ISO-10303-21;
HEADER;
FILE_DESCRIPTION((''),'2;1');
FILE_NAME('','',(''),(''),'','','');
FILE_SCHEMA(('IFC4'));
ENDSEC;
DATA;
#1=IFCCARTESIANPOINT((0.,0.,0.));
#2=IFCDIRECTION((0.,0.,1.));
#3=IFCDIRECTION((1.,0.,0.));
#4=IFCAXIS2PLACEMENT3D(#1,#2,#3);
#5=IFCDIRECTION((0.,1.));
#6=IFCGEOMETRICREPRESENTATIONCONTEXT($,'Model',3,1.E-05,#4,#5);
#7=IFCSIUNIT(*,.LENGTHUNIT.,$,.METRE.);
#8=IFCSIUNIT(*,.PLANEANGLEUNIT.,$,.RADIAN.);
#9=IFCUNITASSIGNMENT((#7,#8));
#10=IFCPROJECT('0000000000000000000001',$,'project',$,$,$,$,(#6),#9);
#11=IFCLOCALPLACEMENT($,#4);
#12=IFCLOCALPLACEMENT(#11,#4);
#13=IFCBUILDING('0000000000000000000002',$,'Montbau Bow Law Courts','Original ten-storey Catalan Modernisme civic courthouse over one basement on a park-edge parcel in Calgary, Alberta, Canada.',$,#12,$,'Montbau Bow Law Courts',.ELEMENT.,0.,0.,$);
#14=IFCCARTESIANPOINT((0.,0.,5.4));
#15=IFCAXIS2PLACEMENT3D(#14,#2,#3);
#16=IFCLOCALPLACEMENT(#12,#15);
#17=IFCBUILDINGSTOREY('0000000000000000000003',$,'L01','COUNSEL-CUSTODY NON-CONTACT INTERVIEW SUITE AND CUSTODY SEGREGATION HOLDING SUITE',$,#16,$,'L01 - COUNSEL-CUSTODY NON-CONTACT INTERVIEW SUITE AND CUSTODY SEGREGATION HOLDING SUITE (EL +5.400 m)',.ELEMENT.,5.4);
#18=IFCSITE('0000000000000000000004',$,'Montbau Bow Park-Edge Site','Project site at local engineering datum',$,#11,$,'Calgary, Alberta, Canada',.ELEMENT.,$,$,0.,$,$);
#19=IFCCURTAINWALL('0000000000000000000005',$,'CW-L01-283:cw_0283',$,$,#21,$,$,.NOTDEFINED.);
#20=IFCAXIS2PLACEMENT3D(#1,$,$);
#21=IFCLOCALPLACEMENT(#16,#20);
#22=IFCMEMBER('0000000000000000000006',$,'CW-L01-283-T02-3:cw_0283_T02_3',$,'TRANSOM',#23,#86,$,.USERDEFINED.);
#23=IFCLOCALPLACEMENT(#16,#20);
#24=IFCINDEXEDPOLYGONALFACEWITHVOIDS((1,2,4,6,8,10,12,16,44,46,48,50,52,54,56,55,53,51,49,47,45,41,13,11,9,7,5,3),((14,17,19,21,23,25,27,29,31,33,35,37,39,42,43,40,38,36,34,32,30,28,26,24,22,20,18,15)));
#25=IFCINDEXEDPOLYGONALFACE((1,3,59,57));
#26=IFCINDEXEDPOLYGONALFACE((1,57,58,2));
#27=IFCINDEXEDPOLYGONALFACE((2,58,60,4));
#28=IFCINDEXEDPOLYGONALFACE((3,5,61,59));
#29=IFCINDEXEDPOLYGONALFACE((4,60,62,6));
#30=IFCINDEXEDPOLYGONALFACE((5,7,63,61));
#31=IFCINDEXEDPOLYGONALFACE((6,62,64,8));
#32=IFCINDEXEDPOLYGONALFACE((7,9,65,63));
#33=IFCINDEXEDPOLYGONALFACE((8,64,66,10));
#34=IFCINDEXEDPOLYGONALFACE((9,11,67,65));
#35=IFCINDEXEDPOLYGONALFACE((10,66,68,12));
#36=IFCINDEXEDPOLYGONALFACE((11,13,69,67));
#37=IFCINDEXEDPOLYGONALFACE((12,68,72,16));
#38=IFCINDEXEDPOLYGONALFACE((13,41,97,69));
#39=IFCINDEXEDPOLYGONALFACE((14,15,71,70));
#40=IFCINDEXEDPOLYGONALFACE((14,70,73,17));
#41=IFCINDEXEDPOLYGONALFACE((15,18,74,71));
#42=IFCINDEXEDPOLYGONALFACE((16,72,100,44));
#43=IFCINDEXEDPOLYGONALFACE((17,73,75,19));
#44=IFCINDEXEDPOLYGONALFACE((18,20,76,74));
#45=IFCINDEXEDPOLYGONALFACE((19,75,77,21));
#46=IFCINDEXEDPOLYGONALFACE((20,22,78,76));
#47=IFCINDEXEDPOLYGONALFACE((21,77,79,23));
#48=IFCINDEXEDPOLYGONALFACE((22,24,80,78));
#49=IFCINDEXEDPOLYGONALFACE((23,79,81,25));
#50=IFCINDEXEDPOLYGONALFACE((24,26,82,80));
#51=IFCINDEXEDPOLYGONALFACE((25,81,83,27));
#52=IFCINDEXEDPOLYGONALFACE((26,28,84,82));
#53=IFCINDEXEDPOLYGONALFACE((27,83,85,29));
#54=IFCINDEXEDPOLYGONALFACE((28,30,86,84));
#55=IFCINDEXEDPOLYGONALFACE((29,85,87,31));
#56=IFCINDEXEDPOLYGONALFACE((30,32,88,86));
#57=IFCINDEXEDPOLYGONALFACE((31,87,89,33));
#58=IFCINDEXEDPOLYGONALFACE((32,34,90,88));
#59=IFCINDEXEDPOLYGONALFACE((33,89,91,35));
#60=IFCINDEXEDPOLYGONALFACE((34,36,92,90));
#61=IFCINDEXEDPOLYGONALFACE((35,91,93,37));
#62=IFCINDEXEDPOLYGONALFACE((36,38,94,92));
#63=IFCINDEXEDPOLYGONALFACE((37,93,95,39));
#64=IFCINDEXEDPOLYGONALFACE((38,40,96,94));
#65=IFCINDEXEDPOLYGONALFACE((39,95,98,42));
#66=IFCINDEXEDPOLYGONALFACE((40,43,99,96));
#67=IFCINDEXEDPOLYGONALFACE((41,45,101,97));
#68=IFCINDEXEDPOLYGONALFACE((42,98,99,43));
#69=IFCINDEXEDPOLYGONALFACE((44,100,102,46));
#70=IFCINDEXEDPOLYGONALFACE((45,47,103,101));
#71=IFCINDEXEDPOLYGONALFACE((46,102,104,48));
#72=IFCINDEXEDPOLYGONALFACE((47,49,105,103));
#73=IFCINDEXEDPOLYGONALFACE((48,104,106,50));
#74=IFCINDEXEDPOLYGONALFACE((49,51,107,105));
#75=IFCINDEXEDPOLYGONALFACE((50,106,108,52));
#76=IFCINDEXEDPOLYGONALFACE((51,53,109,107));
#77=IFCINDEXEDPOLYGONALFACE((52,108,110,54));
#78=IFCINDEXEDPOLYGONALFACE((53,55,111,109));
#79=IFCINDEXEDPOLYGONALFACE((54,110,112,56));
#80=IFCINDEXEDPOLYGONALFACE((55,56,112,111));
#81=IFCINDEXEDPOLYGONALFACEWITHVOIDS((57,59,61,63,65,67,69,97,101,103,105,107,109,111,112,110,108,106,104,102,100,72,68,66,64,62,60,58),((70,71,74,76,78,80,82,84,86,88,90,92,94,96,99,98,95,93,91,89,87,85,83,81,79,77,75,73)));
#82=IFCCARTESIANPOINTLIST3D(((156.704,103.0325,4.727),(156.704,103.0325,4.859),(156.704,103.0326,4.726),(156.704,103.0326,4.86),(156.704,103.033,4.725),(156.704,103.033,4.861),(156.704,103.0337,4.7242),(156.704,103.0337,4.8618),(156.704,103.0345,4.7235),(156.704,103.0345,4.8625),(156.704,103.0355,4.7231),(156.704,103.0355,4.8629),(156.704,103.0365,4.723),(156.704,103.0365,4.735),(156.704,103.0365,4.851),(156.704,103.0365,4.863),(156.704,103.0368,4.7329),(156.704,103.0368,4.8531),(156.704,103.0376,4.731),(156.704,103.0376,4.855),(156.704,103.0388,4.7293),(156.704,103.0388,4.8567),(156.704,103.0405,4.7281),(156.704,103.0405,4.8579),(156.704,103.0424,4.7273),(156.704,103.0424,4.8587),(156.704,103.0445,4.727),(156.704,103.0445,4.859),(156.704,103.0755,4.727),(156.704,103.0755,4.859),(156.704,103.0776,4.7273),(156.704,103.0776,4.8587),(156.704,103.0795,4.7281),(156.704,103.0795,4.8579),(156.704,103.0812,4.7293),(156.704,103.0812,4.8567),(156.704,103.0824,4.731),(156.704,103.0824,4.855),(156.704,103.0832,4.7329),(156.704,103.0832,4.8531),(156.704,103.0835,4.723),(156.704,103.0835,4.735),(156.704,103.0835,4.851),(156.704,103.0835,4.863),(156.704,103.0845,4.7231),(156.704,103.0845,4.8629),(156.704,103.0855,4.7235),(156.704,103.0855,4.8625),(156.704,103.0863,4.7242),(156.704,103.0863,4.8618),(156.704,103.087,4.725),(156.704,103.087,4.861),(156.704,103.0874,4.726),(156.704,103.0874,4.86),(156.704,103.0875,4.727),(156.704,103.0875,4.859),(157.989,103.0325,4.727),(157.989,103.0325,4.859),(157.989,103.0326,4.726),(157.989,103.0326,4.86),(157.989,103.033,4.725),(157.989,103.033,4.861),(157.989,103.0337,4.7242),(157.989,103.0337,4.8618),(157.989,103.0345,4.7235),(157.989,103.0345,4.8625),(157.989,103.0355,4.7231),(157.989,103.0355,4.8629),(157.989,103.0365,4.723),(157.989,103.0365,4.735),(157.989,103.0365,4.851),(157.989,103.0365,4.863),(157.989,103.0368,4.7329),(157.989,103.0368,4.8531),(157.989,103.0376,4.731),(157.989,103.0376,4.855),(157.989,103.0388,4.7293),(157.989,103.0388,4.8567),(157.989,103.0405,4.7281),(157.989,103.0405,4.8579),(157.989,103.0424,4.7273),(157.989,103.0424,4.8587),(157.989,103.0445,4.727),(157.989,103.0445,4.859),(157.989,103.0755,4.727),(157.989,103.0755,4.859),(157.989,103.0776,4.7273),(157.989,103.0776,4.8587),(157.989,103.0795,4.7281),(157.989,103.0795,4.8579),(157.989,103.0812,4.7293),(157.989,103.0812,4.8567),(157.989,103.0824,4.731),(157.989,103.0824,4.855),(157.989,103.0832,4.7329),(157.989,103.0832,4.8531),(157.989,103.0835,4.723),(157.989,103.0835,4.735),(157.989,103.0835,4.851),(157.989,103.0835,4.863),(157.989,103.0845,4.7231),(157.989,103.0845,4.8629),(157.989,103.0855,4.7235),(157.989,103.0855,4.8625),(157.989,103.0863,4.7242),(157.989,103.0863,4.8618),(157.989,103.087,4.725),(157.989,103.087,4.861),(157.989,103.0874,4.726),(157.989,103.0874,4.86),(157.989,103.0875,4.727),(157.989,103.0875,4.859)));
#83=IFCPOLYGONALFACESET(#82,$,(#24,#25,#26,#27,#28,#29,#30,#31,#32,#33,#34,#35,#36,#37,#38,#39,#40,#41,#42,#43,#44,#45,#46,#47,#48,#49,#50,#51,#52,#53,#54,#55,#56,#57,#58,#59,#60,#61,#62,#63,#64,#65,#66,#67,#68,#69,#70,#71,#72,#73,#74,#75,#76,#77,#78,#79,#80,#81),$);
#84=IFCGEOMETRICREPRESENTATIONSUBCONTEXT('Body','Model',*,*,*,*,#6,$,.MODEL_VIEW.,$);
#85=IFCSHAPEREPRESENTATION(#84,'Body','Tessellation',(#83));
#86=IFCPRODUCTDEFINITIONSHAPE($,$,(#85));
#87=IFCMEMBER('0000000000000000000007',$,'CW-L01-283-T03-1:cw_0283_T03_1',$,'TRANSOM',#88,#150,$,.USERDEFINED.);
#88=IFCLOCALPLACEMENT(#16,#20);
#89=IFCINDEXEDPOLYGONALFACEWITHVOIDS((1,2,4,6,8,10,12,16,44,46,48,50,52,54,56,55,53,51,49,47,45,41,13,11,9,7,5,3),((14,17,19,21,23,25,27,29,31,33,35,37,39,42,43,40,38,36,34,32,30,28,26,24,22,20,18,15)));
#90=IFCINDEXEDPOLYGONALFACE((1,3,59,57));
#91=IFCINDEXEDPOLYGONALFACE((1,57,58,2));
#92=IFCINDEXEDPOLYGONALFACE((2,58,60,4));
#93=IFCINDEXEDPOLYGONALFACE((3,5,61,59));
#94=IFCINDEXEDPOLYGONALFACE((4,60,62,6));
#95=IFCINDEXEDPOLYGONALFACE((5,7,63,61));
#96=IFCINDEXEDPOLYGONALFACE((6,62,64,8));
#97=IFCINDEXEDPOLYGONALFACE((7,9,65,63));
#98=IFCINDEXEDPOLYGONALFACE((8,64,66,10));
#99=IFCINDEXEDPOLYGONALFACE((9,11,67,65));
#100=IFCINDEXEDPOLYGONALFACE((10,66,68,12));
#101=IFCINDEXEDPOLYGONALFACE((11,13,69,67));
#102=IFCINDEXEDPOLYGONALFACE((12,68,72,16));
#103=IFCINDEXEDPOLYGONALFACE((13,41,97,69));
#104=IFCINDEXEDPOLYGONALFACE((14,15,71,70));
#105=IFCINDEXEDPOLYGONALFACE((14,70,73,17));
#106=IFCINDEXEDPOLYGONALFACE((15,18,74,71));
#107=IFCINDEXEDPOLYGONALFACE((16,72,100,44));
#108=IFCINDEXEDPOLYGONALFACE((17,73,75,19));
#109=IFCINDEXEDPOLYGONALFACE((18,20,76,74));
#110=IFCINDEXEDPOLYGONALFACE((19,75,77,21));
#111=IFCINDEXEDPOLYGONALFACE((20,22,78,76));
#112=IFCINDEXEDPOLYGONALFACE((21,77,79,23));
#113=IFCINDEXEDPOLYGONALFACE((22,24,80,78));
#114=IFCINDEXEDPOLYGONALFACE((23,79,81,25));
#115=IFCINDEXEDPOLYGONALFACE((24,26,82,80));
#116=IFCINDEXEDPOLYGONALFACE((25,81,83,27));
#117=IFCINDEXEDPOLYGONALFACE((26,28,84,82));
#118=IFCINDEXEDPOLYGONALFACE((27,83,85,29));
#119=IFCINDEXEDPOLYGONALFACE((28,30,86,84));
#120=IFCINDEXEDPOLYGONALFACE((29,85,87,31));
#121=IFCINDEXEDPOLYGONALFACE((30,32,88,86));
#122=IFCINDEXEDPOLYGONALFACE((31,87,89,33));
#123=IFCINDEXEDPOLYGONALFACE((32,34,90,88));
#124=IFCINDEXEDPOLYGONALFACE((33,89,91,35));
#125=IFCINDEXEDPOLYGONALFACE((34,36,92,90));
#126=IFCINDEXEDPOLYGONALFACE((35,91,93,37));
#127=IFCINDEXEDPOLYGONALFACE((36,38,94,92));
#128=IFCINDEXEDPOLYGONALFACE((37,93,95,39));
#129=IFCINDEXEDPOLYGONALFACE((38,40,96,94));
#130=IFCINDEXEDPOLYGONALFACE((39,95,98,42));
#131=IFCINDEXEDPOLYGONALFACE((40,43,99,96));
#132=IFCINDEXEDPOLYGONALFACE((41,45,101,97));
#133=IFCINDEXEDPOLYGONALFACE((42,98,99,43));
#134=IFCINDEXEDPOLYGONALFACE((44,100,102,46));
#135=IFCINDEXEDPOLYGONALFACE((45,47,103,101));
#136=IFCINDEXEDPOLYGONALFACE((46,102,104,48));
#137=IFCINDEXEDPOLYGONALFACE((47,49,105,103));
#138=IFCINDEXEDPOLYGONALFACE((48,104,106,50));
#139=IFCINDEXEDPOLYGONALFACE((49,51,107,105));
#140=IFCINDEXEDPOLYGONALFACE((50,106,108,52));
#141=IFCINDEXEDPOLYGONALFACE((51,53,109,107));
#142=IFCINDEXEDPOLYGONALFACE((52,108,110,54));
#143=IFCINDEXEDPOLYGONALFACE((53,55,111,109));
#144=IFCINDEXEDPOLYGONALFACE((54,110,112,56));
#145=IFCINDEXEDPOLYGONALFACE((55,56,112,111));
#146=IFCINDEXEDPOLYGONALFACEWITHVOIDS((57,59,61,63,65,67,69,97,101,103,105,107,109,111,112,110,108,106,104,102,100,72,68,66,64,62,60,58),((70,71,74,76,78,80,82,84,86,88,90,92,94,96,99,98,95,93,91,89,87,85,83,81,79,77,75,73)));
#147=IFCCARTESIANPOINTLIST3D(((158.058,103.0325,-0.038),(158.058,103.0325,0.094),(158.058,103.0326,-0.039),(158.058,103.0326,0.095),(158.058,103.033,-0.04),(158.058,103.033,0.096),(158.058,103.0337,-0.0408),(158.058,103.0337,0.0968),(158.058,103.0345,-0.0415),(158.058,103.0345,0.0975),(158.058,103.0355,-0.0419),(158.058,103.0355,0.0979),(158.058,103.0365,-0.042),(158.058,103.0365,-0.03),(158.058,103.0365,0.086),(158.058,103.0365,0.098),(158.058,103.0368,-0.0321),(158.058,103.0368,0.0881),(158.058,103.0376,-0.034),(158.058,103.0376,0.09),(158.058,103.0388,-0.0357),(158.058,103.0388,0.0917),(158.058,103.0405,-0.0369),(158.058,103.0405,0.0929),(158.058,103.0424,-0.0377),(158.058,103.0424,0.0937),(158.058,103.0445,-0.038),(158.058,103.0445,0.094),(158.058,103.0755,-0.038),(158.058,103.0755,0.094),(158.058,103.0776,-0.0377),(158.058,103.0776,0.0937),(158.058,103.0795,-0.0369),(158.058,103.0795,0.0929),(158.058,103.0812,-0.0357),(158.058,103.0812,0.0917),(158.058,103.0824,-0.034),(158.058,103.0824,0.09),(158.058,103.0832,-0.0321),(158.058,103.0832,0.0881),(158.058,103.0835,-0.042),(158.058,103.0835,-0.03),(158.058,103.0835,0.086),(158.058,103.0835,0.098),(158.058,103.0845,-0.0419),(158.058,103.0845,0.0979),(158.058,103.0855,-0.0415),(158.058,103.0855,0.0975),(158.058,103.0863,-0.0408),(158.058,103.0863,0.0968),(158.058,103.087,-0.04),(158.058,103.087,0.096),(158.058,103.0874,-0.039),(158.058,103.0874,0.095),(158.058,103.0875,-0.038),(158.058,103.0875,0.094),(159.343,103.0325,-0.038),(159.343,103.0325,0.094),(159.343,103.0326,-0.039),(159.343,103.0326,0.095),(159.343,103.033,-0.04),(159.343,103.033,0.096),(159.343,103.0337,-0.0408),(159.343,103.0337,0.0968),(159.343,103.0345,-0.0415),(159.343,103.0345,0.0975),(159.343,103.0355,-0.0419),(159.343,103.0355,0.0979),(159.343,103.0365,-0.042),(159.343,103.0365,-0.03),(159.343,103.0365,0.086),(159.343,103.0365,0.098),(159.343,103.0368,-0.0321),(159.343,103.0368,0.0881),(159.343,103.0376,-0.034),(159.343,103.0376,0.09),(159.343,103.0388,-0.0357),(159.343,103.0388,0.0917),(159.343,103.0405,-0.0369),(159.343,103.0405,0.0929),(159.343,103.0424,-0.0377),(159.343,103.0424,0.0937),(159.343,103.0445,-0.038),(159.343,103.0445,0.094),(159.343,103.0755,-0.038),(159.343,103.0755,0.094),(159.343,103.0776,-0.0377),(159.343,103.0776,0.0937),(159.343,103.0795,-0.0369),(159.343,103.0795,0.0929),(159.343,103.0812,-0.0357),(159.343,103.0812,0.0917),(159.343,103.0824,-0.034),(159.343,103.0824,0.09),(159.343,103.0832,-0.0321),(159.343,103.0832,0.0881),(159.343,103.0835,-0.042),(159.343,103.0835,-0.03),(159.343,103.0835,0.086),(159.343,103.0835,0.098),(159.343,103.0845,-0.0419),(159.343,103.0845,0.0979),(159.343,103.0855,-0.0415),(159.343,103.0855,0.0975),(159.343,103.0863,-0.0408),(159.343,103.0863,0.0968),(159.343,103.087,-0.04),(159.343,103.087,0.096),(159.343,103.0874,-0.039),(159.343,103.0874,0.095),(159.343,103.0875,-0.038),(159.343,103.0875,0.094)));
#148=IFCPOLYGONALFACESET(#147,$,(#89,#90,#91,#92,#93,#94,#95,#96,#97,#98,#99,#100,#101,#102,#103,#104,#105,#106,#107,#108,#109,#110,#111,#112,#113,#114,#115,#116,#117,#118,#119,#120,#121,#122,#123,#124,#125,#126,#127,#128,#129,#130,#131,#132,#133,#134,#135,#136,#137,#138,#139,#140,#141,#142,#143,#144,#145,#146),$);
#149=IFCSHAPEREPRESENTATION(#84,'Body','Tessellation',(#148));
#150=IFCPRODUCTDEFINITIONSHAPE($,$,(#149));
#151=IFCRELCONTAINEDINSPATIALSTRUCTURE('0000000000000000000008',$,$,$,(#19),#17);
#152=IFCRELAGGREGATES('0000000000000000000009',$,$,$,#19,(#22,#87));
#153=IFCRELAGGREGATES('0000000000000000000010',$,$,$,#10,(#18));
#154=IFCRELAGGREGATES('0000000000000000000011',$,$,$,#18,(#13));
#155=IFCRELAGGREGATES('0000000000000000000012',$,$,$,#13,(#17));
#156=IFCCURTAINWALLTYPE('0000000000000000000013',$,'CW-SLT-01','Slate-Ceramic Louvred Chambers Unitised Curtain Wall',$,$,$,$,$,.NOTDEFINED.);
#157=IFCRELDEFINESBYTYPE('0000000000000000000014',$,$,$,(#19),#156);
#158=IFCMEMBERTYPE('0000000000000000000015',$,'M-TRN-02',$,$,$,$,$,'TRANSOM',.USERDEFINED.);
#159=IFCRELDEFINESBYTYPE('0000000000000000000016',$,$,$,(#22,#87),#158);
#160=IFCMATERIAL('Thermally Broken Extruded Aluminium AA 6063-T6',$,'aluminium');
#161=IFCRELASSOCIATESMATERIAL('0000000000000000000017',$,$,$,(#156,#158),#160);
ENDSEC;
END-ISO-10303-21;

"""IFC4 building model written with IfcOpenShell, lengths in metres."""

from ifc_helpers import new_model, si_unit, direction, frame, origin_with_axes, origin_2d_with_axis, place, context, subcontext, project, spatial, hollow_rectangle, extrude, material, material_profile, profile_set, type_object, element, aggregate, save


model = new_model("IFC4")

# Units and contexts
model_context = context("Model", 3, precision=1e-05, world=origin_with_axes(), true_north=direction((0.0, 1.0)))
body_context = subcontext(model_context, "Body", "Model", "MODEL_VIEW")
ifc_project = project(units=[si_unit("LENGTHUNIT", "METRE"), si_unit("PLANEANGLEUNIT", "RADIAN")], contexts=[model_context])

# Site, building, storey
site_placement = place(None, origin_with_axes())
site = spatial("IfcSite", under=ifc_project, at=site_placement, Name="Montbau Bow Park-Edge Site", Description="Project site at local engineering datum", LongName="Calgary, Alberta, Canada", CompositionType="ELEMENT", RefElevation=0.0)
building_placement = place(site_placement, origin_with_axes())
building = spatial("IfcBuilding", under=site, at=building_placement, Name="Montbau Bow Law Courts", Description="Original ten-storey Catalan Modernisme civic courthouse over one basement on a park-edge parcel in Calgary, Alberta, Canada.", LongName="Montbau Bow Law Courts", CompositionType="ELEMENT", ElevationOfRefHeight=0.0, ElevationOfTerrain=0.0)
storey_placement = place(building_placement, frame((0.0, 0.0, 5.4), z_axis=(0.0, 0.0, 1.0), x_axis=(1.0, 0.0, 0.0)))
storey = spatial("IfcBuildingStorey", under=building, at=storey_placement, Name="L01", Description="COUNSEL-CUSTODY NON-CONTACT INTERVIEW SUITE AND CUSTODY SEGREGATION HOLDING SUITE", LongName="L01 - COUNSEL-CUSTODY NON-CONTACT INTERVIEW SUITE AND CUSTODY SEGREGATION HOLDING SUITE (EL +5.400 m)", CompositionType="ELEMENT", Elevation=5.4)

# Curtain wall, members
ifc_material_1 = material(Name="Thermally Broken Extruded Aluminium AA 6063-T6", Category="aluminium")
curtain_wall_type = type_object("IfcCurtainWallType", Name="CW-SLT-01", Description="Slate-Ceramic Louvred Chambers Unitised Curtain Wall", PredefinedType="NOTDEFINED", material=ifc_material_1)
curtain_wall_placement = place(None, frame((155.315, 103.06, 5.4), z_axis=(0.0, 0.0, 1.0), x_axis=(1.0, 0.0, 0.0)))
curtain_wall = element("IfcCurtainWall", 1, at=curtain_wall_placement, inside=storey, type_object=curtain_wall_type, Name="CW-L01-283:cw_0283", PredefinedType="NOTDEFINED")
ifc_material_profile_1 = material_profile(ifc_material_1, hollow_rectangle(XDim=0.055, YDim=0.14, WallThickness=0.004, InnerFilletRadius=0.008, OuterFilletRadius=0.004, at=origin_2d_with_axis()), Name="CWT-140X55", Category="Main", Priority=0)
ifc_profile_set_1 = profile_set([ifc_material_profile_1], Name="Thermally Broken Extruded Aluminium AA 6063-T6")
member_type_1 = type_object("IfcMemberType", Name="M-TRN-02", ElementType="TRANSOM", PredefinedType="USERDEFINED", material=ifc_profile_set_1)
member_1_placement = place(None, frame((156.704, 103.06, 10.193), z_axis=(1.0, 0.0, 0.0), x_axis=(0.0, 1.0, 0.0)))
member_1 = element("IfcMember", 2, at=member_1_placement, type_object=member_type_1, Name="CW-L01-283-T02-3:cw_0283_T02_3", ObjectType="TRANSOM", PredefinedType="USERDEFINED", context=body_context, shape_type="SweptSolid", body=[
    extrude(hollow_rectangle(XDim=0.055, YDim=0.14, WallThickness=0.004, InnerFilletRadius=0.008, OuterFilletRadius=0.004, at=origin_2d_with_axis()), origin_with_axes(), (0.0, 0.0, 1.0), 1.285),
])
member_2_placement = place(None, frame((158.058, 103.06, 5.428), z_axis=(1.0, 0.0, 0.0), x_axis=(0.0, 1.0, 0.0)))
member_2 = element("IfcMember", 3, at=member_2_placement, type_object=member_type_1, Name="CW-L01-283-T03-1:cw_0283_T03_1", ObjectType="TRANSOM", PredefinedType="USERDEFINED", context=body_context, shape_type="SweptSolid", body=[
    extrude(hollow_rectangle(XDim=0.055, YDim=0.14, WallThickness=0.004, InnerFilletRadius=0.008, OuterFilletRadius=0.004, at=origin_2d_with_axis()), origin_with_axes(), (0.0, 0.0, 1.0), 1.285),
])
aggregate(curtain_wall, [member_1, member_2])

save(model, "model.ifc")
